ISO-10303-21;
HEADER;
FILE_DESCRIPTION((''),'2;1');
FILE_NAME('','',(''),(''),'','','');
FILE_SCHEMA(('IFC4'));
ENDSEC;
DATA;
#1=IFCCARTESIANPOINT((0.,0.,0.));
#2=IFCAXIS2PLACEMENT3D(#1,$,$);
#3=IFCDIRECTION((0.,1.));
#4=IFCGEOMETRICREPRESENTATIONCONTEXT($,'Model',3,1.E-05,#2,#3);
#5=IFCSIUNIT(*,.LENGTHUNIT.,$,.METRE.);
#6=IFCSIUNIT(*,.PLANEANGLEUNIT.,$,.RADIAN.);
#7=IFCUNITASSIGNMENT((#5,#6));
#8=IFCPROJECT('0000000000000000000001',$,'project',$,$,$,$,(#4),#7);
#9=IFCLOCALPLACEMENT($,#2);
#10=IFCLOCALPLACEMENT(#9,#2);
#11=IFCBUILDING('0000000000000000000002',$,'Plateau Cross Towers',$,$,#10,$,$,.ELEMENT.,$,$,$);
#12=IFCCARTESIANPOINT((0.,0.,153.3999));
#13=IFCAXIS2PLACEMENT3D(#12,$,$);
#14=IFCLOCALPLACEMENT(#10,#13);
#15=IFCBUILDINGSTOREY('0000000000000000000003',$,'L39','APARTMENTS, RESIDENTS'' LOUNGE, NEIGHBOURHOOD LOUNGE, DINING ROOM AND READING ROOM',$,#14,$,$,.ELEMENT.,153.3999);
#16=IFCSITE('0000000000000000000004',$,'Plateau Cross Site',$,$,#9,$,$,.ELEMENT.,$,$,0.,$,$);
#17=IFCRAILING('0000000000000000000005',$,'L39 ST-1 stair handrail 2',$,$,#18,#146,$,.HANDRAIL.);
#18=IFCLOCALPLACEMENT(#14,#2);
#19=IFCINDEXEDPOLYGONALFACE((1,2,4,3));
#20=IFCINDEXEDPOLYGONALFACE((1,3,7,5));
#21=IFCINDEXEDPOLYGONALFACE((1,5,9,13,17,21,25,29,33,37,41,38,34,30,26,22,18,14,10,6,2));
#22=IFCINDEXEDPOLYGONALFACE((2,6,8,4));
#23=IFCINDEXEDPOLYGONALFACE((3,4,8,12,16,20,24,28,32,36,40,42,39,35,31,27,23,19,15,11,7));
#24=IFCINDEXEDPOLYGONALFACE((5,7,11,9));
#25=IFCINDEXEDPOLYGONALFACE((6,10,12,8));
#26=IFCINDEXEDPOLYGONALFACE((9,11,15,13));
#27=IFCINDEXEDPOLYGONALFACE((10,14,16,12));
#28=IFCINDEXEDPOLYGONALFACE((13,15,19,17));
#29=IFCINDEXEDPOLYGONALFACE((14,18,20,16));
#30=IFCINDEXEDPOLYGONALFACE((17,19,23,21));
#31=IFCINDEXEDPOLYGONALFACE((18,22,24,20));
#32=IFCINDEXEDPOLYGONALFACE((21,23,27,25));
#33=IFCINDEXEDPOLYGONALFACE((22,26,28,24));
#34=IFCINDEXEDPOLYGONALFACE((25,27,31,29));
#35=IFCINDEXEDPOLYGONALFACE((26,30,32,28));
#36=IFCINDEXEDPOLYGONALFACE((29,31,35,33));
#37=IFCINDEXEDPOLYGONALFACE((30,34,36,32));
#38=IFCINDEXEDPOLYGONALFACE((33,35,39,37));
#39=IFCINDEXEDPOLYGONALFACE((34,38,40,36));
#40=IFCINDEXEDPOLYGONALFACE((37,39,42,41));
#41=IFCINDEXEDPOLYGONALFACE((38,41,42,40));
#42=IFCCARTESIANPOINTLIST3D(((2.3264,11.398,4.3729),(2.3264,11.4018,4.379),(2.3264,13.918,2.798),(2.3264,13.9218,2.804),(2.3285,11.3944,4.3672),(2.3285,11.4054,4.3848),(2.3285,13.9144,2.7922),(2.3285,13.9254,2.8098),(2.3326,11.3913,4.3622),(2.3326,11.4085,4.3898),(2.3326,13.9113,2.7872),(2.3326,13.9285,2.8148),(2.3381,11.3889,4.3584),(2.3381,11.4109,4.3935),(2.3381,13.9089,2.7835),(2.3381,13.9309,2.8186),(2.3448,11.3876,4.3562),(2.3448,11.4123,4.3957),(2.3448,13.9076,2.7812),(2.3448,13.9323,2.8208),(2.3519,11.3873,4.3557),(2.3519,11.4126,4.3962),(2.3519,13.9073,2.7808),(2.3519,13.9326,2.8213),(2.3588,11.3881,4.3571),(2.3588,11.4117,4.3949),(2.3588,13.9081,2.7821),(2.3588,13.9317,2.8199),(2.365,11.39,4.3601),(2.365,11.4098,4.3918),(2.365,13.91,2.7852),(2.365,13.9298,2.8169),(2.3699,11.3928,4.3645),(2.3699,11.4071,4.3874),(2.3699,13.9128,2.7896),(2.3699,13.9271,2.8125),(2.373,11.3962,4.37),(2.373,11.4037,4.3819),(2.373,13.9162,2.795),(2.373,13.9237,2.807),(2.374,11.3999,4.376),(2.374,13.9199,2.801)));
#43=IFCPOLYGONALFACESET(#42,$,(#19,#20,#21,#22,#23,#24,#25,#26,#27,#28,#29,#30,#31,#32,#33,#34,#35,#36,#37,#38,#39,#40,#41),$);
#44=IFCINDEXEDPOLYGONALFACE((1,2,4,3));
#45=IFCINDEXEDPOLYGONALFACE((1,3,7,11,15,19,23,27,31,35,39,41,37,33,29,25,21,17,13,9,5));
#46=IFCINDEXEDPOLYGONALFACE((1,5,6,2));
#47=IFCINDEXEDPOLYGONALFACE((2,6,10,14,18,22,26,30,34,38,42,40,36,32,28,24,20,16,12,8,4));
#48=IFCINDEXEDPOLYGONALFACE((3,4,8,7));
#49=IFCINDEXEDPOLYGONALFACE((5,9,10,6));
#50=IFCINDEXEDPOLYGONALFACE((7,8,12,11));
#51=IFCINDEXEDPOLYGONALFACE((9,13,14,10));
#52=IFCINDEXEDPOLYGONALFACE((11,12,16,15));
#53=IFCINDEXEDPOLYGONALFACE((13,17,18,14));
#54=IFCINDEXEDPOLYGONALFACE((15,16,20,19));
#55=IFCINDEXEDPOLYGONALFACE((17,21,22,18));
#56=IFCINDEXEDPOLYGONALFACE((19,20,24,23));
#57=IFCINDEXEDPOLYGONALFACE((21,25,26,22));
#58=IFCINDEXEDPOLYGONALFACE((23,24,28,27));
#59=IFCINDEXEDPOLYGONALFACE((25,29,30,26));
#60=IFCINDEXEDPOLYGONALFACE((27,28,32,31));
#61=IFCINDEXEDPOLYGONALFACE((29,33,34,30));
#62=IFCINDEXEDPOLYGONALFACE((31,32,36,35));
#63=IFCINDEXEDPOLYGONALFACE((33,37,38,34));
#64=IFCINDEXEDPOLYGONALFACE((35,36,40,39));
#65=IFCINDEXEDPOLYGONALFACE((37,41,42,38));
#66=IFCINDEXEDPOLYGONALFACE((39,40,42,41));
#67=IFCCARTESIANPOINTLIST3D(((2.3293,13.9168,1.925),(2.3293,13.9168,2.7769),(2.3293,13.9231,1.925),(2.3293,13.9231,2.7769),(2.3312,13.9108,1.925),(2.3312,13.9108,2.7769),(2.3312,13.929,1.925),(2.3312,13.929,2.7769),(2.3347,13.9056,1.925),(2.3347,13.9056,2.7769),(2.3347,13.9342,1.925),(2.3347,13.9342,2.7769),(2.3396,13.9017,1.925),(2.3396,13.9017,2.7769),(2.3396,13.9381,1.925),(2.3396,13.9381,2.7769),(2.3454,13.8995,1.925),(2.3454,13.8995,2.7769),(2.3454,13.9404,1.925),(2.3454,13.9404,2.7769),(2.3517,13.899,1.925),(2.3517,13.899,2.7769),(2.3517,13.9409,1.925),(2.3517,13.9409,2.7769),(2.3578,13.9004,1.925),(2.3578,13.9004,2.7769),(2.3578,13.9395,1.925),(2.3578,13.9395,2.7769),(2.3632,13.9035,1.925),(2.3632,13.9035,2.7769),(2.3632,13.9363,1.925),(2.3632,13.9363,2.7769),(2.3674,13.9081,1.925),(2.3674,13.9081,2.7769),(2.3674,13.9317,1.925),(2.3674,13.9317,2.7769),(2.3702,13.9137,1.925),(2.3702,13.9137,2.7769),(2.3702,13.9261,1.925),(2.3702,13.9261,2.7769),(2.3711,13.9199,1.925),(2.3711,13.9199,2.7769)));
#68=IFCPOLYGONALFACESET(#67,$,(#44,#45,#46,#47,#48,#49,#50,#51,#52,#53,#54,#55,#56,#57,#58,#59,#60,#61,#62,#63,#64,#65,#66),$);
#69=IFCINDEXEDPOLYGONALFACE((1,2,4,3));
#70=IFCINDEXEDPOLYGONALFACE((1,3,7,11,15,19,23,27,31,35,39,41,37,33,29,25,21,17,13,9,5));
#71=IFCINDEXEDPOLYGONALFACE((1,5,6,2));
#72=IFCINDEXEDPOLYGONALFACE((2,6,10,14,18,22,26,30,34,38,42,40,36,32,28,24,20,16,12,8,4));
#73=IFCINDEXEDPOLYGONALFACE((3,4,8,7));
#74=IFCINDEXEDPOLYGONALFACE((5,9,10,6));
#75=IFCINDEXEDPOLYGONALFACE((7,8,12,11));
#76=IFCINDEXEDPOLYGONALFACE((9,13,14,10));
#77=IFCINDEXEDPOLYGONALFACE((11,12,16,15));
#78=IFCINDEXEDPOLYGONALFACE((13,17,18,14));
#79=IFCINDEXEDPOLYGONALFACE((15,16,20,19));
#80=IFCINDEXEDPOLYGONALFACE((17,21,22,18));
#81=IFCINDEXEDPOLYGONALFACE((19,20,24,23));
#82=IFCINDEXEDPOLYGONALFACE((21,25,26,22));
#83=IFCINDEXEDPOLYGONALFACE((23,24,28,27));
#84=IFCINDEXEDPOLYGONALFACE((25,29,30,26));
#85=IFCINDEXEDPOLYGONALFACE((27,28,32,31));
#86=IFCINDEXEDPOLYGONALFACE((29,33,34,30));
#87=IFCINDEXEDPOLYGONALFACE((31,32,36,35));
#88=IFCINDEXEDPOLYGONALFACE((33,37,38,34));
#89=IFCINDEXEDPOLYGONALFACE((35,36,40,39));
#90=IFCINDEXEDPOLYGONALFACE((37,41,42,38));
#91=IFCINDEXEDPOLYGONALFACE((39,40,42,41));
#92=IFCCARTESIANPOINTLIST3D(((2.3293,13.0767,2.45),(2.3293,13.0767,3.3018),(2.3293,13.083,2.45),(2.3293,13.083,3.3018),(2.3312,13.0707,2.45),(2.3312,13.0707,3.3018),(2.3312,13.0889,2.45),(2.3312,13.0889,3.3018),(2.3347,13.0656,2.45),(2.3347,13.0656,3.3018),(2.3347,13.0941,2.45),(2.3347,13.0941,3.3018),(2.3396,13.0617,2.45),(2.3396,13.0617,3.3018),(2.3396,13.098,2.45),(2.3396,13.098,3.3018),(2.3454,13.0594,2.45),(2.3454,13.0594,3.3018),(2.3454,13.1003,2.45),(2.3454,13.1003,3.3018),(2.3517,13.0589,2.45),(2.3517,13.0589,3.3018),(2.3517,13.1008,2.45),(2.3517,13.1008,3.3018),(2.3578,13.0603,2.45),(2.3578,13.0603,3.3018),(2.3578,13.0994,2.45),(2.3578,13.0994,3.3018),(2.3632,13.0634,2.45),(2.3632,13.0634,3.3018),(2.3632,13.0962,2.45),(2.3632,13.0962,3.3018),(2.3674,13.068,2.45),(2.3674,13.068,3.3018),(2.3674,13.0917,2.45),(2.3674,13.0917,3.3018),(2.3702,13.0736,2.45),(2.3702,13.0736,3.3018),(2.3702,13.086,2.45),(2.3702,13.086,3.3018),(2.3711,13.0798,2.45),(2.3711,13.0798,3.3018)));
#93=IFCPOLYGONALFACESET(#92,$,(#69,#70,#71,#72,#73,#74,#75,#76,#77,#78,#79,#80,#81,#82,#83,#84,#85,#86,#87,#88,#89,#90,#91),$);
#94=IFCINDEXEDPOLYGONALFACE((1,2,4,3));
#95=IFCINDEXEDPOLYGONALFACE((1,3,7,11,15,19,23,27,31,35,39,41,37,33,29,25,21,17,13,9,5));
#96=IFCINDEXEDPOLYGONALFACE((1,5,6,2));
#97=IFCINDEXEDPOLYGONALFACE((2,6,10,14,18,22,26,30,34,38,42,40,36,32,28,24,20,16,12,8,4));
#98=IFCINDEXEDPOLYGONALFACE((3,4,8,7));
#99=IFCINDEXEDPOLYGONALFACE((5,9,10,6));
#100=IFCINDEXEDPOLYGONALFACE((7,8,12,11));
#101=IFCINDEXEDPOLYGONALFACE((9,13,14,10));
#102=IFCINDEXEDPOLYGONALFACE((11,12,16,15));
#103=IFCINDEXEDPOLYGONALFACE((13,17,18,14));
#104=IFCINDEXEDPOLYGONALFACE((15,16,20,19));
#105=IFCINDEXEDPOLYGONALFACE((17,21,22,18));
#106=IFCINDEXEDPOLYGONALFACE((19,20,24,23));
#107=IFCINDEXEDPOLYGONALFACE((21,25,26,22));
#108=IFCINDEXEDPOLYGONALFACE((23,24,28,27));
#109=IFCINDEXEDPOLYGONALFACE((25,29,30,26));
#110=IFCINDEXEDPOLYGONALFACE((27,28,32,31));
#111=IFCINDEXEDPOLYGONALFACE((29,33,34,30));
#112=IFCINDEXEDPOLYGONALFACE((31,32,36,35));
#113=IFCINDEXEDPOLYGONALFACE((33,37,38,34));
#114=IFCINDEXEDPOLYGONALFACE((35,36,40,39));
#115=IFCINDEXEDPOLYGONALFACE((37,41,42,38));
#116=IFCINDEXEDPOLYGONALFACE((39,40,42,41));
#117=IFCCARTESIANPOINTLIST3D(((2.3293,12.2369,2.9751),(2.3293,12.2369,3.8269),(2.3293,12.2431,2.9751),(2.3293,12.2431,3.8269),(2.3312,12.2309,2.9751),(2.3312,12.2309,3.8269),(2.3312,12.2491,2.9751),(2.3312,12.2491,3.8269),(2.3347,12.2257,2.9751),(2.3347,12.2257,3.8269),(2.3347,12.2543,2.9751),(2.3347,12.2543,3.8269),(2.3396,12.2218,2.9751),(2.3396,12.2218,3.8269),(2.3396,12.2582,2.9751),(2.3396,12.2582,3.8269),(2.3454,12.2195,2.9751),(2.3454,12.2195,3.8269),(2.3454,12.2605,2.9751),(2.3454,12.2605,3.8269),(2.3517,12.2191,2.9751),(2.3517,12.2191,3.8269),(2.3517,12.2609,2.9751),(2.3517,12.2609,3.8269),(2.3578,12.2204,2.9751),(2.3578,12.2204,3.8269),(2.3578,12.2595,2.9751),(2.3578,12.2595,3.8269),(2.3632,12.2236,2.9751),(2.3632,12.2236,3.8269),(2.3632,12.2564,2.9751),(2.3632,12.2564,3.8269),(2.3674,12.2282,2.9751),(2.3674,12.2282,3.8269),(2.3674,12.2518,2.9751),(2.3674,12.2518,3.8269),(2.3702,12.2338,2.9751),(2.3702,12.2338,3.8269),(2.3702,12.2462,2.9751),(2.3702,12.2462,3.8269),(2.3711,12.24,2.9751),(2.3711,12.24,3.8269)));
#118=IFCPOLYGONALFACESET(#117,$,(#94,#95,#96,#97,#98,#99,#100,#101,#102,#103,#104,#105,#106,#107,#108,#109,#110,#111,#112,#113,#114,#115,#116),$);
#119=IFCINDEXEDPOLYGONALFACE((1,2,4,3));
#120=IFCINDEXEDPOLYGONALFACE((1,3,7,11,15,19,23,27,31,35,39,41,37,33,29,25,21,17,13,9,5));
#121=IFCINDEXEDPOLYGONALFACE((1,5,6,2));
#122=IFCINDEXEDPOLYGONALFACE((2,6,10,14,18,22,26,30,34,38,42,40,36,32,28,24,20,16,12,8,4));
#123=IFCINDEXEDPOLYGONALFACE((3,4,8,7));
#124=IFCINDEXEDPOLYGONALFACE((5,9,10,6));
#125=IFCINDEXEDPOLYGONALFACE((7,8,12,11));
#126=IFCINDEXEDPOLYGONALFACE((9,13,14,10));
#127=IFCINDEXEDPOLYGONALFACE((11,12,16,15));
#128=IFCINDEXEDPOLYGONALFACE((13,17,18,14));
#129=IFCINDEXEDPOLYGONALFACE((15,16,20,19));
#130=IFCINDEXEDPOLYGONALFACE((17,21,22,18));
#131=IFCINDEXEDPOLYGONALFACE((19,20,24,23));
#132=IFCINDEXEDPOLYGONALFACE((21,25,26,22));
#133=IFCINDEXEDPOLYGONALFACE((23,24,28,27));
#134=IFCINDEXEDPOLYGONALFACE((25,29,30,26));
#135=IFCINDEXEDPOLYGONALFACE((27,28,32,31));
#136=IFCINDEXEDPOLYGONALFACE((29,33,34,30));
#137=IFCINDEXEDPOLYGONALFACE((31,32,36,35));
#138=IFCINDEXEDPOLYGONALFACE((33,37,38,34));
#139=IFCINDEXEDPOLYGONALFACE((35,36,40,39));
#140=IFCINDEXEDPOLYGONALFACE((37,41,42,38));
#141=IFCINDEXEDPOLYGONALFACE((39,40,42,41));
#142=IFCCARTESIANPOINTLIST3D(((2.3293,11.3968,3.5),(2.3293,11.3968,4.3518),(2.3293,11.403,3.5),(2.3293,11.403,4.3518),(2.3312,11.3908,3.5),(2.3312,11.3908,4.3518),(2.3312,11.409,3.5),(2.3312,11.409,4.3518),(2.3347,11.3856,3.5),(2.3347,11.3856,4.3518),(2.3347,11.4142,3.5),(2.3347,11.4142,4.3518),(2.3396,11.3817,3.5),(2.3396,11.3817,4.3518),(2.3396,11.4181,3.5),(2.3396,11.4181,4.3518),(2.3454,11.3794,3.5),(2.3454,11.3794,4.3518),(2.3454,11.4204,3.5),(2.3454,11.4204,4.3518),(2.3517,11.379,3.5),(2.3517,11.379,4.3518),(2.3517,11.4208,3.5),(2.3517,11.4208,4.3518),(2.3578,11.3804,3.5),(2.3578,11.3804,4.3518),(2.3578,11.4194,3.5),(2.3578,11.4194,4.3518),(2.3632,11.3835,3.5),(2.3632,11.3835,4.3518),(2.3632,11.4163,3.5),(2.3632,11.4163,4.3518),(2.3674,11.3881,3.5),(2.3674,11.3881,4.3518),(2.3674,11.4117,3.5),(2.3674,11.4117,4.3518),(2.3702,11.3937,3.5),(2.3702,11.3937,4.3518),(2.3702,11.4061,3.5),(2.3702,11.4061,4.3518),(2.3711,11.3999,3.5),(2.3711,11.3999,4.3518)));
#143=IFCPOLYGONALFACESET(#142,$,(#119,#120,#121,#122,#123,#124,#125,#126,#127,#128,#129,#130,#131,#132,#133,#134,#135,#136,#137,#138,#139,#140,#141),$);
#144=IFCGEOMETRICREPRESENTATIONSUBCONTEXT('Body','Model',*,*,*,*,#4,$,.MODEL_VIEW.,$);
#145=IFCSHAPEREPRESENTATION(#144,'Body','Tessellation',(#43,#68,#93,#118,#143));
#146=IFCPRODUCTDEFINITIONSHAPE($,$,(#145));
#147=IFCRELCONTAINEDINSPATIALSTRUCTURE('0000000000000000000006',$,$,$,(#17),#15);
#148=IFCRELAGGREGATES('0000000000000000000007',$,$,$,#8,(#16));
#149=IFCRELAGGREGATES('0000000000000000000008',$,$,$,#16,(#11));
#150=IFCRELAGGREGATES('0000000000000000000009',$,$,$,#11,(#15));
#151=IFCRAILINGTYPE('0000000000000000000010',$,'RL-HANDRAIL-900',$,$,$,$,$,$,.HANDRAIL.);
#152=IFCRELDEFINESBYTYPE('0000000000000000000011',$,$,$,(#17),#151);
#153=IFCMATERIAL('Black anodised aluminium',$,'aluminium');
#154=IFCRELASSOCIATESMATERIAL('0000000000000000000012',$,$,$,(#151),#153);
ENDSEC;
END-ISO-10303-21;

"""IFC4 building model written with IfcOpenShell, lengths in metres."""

from ifc_helpers import new_model, si_unit, direction, frame, origin, origin_2d, place, context, subcontext, project, spatial, circle, extrude, material, type_object, element, save


model = new_model("IFC4")

# Units and contexts
model_context = context("Model", 3, precision=1e-05, world=origin(), true_north=direction((0.0, 1.0)))
body_context = subcontext(model_context, "Body", "Model", "MODEL_VIEW")
ifc_project = project(units=[si_unit("LENGTHUNIT", "METRE"), si_unit("PLANEANGLEUNIT", "RADIAN")], contexts=[model_context])

# Site, building, storey
site_placement = place(None, origin())
site = spatial("IfcSite", under=ifc_project, at=site_placement, Name="Plateau Cross Site", CompositionType="ELEMENT", RefElevation=0.0)
building_placement = place(site_placement, origin())
building = spatial("IfcBuilding", under=site, at=building_placement, Name="Plateau Cross Towers", CompositionType="ELEMENT")
storey_placement = place(building_placement, frame((0.0, 0.0, 153.3999)))
storey = spatial("IfcBuildingStorey", under=building, at=storey_placement, Name="L39", Description="APARTMENTS, RESIDENTS' LOUNGE, NEIGHBOURHOOD LOUNGE, DINING ROOM AND READING ROOM", CompositionType="ELEMENT", Elevation=153.3999)

# Shared definitions
ifc_material_1 = material(Name="Black anodised aluminium", Category="aluminium")

# Railing
railing_type = type_object("IfcRailingType", Name="RL-HANDRAIL-900", PredefinedType="HANDRAIL", material=ifc_material_1)
railing_placement = place(storey_placement, frame((2.3501, 13.9199, 1.925)))
element("IfcRailing", 1, at=railing_placement, inside=storey, type_object=railing_type, Name="L39 ST-1 stair handrail 2", PredefinedType="HANDRAIL", context=body_context, shape_type="SweptSolid", body=[
    extrude(circle(Radius=0.0239, at=origin_2d()), frame((0.0, 0.0, 0.876), z_axis=(0.0, -0.848008, 0.529984), x_axis=(1.0, 0.0, 0.0)), (0.0, 0.0, 1.0), 2.9717),
    extrude(circle(Radius=0.021, at=origin_2d()), origin(), (0.0, 0.0, 1.0), 0.8518),
    extrude(circle(Radius=0.021, at=origin_2d()), frame((0.0, -0.8401, 0.5249)), (0.0, 0.0, 1.0), 0.8518),
    extrude(circle(Radius=0.021, at=origin_2d()), frame((0.0, -1.6799, 1.05)), (0.0, 0.0, 1.0), 0.8518),
    extrude(circle(Radius=0.021, at=origin_2d()), frame((0.0, -2.52, 1.575)), (0.0, 0.0, 1.0), 0.8518),
])

save(model, "model.ifc")
